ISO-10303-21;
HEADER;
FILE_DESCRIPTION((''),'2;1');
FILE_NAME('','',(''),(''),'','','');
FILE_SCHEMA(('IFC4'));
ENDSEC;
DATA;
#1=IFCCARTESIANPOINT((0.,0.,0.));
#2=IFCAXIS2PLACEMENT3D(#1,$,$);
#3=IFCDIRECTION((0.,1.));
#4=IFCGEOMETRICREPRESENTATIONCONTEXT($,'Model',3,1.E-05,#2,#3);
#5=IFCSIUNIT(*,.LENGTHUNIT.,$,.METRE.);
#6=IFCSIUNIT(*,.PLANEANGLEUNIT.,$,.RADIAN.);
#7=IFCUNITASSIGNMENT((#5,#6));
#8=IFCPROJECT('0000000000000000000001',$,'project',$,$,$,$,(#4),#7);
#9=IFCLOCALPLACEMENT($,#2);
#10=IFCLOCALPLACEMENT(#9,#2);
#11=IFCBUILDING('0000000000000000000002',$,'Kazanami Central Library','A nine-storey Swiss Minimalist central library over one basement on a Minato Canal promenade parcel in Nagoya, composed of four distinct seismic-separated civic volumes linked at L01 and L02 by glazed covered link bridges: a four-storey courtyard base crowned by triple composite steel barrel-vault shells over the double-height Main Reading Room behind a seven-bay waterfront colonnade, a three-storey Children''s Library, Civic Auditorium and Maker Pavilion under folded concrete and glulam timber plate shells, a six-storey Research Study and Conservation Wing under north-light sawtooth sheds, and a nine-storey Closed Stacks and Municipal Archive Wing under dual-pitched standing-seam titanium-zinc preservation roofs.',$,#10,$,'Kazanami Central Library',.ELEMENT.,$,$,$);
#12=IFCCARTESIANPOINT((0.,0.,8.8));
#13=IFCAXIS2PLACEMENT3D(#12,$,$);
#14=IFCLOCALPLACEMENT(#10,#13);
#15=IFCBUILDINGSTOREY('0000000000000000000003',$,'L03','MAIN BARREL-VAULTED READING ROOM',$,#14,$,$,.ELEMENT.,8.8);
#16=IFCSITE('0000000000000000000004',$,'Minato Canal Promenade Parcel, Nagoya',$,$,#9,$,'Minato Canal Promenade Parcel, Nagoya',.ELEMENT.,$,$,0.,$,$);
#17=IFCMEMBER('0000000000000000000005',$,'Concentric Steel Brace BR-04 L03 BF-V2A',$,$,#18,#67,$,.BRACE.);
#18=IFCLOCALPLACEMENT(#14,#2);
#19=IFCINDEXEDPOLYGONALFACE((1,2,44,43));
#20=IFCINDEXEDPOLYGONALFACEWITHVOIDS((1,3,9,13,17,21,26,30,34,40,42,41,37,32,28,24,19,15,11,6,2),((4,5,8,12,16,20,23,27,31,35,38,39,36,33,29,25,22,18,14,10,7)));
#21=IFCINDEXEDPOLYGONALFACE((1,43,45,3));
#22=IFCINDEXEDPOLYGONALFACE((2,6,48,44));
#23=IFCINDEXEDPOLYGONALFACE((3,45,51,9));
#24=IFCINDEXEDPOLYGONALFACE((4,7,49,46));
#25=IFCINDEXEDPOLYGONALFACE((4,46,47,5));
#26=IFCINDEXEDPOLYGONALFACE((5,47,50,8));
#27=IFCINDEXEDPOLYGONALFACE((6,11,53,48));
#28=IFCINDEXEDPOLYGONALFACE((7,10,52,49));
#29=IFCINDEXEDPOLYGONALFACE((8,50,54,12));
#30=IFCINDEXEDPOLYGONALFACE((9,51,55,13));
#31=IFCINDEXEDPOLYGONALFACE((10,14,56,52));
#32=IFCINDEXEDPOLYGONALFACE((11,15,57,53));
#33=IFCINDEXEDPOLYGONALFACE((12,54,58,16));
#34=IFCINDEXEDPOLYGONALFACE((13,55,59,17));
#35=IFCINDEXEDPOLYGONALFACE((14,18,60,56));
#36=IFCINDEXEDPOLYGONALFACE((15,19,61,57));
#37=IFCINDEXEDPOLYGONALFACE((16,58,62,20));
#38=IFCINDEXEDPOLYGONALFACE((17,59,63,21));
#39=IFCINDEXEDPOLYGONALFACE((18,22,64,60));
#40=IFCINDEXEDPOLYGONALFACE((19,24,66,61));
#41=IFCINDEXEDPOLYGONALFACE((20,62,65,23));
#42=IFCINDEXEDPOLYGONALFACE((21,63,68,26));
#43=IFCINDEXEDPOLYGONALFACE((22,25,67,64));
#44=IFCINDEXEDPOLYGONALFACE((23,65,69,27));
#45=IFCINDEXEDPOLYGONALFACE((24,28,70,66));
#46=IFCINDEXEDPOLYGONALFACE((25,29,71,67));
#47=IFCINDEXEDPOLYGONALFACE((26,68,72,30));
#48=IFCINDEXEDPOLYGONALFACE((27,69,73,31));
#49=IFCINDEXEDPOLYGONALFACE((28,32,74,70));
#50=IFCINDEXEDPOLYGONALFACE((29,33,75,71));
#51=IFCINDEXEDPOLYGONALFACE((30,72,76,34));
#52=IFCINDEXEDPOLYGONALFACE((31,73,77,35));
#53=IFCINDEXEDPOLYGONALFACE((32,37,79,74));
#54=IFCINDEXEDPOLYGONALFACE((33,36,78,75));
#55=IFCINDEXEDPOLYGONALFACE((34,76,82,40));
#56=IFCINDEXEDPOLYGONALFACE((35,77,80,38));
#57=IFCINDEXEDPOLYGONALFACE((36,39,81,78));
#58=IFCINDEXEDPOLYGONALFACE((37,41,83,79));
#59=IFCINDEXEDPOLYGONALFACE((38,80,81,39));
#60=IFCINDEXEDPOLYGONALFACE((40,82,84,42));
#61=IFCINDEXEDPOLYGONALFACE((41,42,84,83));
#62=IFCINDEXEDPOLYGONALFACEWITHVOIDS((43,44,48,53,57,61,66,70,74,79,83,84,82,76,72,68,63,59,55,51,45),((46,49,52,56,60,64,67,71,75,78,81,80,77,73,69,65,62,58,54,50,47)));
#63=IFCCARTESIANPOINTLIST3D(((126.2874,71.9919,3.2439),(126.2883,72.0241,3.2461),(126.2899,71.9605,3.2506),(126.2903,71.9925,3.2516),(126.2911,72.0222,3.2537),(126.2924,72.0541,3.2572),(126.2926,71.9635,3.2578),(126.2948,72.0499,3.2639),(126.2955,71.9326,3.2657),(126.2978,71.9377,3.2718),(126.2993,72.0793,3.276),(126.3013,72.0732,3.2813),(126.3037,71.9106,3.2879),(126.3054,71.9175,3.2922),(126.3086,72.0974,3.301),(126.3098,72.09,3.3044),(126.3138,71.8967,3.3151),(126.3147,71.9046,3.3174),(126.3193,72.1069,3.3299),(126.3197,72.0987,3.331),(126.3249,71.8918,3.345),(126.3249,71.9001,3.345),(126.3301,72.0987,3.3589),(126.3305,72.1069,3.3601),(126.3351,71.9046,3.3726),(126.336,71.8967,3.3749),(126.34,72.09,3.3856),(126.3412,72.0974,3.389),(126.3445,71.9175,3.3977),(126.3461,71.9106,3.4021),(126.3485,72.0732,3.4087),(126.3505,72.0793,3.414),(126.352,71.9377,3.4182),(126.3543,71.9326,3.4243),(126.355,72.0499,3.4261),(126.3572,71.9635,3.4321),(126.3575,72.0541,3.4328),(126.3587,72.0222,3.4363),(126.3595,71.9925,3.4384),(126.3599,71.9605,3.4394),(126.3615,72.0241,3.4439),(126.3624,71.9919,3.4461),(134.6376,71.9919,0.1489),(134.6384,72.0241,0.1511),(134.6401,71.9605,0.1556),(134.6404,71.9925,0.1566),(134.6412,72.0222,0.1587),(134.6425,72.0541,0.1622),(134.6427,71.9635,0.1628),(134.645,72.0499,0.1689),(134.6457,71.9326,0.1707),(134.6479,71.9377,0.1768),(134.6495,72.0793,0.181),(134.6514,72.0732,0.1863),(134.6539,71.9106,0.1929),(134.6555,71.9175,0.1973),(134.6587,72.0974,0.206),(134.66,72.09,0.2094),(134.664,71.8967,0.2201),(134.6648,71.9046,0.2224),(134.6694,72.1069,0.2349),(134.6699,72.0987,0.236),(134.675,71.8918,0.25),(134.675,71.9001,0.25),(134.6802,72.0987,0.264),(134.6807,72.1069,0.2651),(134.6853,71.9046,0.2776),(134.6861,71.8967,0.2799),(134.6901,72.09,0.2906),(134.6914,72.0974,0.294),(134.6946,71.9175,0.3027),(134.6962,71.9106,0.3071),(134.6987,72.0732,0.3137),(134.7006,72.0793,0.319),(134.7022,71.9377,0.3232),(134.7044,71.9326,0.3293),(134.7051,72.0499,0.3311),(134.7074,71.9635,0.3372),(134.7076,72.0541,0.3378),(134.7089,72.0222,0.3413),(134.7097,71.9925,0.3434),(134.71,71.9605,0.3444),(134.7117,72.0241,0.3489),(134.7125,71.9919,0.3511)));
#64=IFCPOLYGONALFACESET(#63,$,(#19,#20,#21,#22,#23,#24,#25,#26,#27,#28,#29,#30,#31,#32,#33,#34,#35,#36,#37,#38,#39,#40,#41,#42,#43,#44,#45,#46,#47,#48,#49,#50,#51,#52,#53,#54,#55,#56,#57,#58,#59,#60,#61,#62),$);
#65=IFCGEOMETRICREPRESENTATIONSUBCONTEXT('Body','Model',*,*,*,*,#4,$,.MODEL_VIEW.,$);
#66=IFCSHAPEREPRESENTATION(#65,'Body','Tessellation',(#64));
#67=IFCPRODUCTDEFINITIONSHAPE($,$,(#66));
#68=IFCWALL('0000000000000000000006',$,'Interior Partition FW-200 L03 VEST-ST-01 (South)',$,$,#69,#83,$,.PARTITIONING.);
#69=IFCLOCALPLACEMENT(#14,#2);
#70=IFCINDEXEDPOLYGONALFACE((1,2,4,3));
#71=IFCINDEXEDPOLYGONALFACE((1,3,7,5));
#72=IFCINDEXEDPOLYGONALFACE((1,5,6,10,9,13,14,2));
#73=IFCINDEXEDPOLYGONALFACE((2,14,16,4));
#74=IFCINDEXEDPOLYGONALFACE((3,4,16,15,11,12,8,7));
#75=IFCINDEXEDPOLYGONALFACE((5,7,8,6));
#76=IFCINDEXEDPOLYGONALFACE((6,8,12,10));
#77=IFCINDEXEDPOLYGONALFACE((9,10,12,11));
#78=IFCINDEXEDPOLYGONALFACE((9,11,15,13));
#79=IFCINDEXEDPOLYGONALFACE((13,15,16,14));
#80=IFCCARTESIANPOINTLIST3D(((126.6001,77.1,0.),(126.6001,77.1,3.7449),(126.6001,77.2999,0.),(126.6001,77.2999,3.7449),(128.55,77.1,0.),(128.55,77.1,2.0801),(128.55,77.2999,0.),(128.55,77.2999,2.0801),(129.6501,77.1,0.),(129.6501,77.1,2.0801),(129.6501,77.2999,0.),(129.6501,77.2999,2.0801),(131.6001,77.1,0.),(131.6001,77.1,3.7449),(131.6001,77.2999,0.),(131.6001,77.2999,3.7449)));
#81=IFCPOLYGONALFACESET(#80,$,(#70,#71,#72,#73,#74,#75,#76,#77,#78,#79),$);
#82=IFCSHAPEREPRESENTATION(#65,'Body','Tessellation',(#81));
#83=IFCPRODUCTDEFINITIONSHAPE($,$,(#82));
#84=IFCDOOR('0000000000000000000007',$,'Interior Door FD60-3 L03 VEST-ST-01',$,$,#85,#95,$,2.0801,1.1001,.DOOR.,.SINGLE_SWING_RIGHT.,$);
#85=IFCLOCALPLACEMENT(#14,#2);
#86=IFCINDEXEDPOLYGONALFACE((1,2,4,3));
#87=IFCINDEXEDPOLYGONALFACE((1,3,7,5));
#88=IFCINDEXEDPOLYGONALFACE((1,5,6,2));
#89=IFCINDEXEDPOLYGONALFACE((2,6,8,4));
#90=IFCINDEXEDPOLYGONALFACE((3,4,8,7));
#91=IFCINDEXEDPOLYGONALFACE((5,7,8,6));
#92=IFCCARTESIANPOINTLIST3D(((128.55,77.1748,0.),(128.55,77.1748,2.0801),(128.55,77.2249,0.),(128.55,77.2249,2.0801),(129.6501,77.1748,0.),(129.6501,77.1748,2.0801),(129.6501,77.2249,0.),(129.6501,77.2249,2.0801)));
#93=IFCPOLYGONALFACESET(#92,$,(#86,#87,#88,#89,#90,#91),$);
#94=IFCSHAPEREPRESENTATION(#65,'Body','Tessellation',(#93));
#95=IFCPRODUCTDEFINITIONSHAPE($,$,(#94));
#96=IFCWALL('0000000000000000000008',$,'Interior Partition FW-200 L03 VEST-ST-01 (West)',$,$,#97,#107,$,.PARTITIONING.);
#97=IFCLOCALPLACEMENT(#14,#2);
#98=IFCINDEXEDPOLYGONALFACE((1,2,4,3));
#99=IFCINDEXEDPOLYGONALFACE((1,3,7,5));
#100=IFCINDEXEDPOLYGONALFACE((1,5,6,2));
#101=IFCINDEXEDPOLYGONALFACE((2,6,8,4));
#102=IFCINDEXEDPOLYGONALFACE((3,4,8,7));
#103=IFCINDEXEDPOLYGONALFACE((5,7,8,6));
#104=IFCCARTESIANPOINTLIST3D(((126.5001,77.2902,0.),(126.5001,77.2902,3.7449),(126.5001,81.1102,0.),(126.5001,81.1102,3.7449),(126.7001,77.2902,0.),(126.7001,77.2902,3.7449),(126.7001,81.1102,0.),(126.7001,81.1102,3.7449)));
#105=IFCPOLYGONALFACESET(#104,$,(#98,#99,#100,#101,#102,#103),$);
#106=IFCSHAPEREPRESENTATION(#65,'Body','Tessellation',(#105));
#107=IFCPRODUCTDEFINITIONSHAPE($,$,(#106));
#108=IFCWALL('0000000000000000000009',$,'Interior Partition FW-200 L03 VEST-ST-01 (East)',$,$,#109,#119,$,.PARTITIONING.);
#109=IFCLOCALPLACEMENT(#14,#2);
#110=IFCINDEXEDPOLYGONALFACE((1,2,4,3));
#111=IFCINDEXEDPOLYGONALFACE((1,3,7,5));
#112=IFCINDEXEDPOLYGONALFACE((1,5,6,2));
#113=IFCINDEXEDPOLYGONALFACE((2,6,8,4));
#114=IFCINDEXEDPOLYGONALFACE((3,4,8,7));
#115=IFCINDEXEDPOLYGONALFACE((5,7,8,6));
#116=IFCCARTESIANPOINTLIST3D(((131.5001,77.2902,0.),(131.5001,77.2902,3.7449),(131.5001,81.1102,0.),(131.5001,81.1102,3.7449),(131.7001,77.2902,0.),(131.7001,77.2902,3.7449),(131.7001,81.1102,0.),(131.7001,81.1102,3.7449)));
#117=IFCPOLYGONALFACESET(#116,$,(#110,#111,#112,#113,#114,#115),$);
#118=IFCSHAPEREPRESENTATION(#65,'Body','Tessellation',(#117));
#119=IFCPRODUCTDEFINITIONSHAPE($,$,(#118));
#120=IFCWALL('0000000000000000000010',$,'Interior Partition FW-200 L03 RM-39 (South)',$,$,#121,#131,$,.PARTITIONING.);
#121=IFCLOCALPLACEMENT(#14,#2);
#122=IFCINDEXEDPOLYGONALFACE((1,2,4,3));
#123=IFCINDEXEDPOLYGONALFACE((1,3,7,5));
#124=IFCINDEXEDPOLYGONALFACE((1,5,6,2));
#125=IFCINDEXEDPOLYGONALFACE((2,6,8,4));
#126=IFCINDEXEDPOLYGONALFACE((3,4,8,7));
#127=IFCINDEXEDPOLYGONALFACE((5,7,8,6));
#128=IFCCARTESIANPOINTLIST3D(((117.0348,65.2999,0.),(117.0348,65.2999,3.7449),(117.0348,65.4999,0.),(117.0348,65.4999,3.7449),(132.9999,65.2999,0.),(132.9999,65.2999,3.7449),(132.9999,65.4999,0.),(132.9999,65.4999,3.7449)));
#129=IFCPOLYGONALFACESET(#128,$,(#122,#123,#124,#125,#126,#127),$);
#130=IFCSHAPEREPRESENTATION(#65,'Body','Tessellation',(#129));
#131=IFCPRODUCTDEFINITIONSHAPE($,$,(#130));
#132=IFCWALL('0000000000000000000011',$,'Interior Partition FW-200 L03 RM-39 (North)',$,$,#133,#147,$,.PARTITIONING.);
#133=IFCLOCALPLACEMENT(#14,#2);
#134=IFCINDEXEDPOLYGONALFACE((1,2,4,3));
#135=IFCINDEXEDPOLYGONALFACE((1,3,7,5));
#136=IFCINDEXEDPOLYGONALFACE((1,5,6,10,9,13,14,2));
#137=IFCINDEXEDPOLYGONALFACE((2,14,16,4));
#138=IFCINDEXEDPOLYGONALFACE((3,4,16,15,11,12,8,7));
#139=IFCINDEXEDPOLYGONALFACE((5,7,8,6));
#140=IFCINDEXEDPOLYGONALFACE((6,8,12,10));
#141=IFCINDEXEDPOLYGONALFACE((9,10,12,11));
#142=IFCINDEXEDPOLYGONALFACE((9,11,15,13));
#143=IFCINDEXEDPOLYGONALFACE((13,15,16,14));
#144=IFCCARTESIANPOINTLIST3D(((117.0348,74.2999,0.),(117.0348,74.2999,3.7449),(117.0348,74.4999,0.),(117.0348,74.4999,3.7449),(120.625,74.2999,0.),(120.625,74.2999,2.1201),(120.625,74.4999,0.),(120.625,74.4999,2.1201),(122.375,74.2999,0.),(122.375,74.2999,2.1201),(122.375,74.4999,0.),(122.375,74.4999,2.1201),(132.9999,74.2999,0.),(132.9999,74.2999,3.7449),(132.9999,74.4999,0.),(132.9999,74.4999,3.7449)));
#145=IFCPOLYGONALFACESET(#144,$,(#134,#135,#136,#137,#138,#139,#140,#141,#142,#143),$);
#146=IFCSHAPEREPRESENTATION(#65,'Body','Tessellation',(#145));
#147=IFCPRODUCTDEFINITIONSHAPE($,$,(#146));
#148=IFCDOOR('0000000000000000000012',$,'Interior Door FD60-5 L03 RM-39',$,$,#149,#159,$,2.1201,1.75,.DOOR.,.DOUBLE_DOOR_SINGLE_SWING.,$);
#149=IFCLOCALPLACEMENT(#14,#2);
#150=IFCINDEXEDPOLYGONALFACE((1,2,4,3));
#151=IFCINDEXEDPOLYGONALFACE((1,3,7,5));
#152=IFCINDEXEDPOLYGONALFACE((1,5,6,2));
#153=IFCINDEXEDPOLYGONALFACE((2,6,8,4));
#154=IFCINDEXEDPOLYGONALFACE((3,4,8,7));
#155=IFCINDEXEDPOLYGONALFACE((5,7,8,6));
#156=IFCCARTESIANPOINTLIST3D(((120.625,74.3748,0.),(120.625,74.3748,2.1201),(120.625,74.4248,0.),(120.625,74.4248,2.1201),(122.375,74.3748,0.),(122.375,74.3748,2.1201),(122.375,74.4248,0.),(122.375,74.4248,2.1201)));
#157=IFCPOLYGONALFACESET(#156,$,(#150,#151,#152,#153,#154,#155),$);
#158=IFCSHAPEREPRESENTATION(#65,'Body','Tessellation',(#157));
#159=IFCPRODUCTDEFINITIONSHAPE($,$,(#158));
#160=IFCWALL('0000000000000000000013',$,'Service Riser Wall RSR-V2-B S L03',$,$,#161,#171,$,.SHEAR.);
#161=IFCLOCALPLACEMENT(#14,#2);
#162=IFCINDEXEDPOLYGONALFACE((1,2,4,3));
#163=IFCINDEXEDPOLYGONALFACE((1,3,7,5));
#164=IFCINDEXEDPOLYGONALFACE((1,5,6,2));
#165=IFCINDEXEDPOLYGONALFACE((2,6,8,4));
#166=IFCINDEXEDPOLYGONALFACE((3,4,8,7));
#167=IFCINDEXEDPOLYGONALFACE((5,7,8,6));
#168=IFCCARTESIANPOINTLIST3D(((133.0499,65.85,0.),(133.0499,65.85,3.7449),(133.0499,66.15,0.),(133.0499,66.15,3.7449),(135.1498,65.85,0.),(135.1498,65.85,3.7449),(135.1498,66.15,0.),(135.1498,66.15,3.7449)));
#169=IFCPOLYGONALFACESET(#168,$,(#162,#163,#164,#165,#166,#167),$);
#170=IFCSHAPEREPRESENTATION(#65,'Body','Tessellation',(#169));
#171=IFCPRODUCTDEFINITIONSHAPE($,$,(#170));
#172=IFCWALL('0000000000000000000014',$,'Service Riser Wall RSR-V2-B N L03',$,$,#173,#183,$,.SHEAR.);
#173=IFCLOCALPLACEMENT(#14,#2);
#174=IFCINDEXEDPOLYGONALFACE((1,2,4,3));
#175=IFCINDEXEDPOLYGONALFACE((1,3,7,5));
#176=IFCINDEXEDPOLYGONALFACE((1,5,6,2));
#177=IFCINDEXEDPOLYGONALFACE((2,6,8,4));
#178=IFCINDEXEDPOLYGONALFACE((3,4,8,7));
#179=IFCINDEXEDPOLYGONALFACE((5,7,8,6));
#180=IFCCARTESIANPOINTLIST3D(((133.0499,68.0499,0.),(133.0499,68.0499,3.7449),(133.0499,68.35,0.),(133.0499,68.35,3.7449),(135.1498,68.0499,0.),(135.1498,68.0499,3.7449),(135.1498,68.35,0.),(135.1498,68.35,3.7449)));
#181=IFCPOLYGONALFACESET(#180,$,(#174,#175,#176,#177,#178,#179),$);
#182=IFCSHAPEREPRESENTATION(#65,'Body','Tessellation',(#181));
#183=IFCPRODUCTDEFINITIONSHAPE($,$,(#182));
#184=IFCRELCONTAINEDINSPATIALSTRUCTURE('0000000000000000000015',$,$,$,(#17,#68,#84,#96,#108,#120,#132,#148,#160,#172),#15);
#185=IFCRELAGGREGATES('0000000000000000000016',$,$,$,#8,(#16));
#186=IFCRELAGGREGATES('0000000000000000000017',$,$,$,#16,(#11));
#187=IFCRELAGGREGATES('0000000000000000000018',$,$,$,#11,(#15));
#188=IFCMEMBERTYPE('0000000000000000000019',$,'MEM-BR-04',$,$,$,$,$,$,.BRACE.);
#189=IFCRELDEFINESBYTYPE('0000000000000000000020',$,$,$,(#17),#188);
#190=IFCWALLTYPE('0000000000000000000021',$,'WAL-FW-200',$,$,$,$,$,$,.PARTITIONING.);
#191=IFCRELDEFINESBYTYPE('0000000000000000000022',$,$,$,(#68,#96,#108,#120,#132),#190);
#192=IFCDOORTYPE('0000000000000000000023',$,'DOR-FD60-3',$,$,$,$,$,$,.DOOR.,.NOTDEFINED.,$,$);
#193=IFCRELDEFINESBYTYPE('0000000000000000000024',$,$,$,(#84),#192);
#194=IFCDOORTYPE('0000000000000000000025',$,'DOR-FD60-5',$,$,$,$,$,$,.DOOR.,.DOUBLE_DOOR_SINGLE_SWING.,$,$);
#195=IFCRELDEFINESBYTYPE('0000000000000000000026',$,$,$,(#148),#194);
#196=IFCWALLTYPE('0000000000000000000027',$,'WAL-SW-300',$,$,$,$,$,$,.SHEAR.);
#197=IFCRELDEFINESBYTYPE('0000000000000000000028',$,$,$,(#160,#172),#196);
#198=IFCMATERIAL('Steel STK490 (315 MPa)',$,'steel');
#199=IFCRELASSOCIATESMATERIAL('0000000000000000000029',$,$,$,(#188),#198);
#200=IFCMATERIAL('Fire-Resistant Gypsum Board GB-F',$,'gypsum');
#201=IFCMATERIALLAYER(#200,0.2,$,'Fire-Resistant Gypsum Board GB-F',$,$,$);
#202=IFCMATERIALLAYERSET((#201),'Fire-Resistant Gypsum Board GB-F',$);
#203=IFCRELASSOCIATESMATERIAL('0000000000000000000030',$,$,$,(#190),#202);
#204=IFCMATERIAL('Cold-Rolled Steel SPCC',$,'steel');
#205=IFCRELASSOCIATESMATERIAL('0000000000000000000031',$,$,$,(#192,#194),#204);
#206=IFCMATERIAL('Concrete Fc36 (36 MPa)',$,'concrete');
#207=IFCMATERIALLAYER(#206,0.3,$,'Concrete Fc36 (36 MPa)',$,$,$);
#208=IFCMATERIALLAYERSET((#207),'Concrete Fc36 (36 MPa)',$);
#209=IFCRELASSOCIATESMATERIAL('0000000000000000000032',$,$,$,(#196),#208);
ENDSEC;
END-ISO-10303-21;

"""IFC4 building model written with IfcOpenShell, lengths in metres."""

from ifc_helpers import new_model, si_unit, direction, frame, frame_2d, origin, origin_2d, place, context, subcontext, project, spatial, rectangle, hollow_circle, extrude, material, layer, layer_set, material_profile, profile_set, type_object, element, fill, save


model = new_model("IFC4")

# Units and contexts
model_context = context("Model", 3, precision=1e-05, world=origin(), true_north=direction((0.0, 1.0)))
body_context = subcontext(model_context, "Body", "Model", "MODEL_VIEW")
ifc_project = project(units=[si_unit("LENGTHUNIT", "METRE"), si_unit("PLANEANGLEUNIT", "RADIAN")], contexts=[model_context])

# Site, building, storey
site_placement = place(None, origin())
site = spatial("IfcSite", under=ifc_project, at=site_placement, Name="Minato Canal Promenade Parcel, Nagoya", LongName="Minato Canal Promenade Parcel, Nagoya", CompositionType="ELEMENT", RefElevation=0.0)
building_placement = place(site_placement, origin())
building = spatial("IfcBuilding", under=site, at=building_placement, Name="Kazanami Central Library", Description="A nine-storey Swiss Minimalist central library over one basement on a Minato Canal promenade parcel in Nagoya, composed of four distinct seismic-separated civic volumes linked at L01 and L02 by glazed covered link bridges: a four-storey courtyard base crowned by triple composite steel barrel-vault shells over the double-height Main Reading Room behind a seven-bay waterfront colonnade, a three-storey Children's Library, Civic Auditorium and Maker Pavilion under folded concrete and glulam timber plate shells, a six-storey Research Study and Conservation Wing under north-light sawtooth sheds, and a nine-storey Closed Stacks and Municipal Archive Wing under dual-pitched standing-seam titanium-zinc preservation roofs.", LongName="Kazanami Central Library", CompositionType="ELEMENT")
storey_placement = place(building_placement, frame((0.0, 0.0, 8.8)))
storey = spatial("IfcBuildingStorey", under=building, at=storey_placement, Name="L03", Description="MAIN BARREL-VAULTED READING ROOM", CompositionType="ELEMENT", Elevation=8.8)

# Member
ifc_material_1 = material(Name="Steel STK490 (315 MPa)", Category="steel")
ifc_material_profile_1 = material_profile(ifc_material_1, hollow_circle(Radius=0.1082, WallThickness=0.0083, at=origin_2d()), Name="CHS-216.3x8.2")
ifc_profile_set_1 = profile_set([ifc_material_profile_1], Name="Steel STK490 (315 MPa)")
member_type = type_object("IfcMemberType", Name="MEM-BR-04", PredefinedType="BRACE", material=ifc_profile_set_1)
member_placement = place(storey_placement, frame((134.675, 72.0, 0.25), z_axis=(-0.937663, 0.0, 0.347546), x_axis=(0.0, -1.0, 0.0)))
element("IfcMember", 1, at=member_placement, inside=storey, type_object=member_type, Name="Concentric Steel Brace BR-04 L03 BF-V2A", PredefinedType="BRACE", context=body_context, shape_type="SweptSolid", body=[
    extrude(hollow_circle(Radius=0.1082, WallThickness=0.0083, at=origin_2d()), origin(), (0.0, 0.0, 1.0), 8.9053),
])

# Wall, opening, door
ifc_material_2 = material(Name="Fire-Resistant Gypsum Board GB-F", Category="gypsum")
ifc_layer_1 = layer(ifc_material_2, 0.2, Name="Fire-Resistant Gypsum Board GB-F")
ifc_layer_set_1 = layer_set([ifc_layer_1], Name="Fire-Resistant Gypsum Board GB-F")
wall_type_1 = type_object("IfcWallType", Name="WAL-FW-200", PredefinedType="PARTITIONING", material=ifc_layer_set_1)
wall_1_placement = place(storey_placement, frame((126.6001, 77.2, 0.0), z_axis=(0.0, 0.0, 1.0), x_axis=(1.0, 0.0, 0.0)))
wall_1 = element("IfcWall", 2, at=wall_1_placement, inside=storey, type_object=wall_type_1, Name="Interior Partition FW-200 L03 VEST-ST-01 (South)", PredefinedType="PARTITIONING", context=body_context, shape_type="SweptSolid", body=[
    extrude(rectangle(XDim=5.0, YDim=0.2, at=frame_2d((2.5, 0.0))), origin(), (0.0, 0.0, 1.0), 3.7449),
])
opening_1_placement = place(wall_1_placement, frame((1.95, 0.0, 0.0)))
opening_1 = element("IfcOpeningElement", 3, at=opening_1_placement, cuts=wall_1, PredefinedType="OPENING", context=body_context, shape_type="SweptSolid", body=[
    extrude(rectangle(XDim=1.1001, YDim=2.0801, at=frame_2d((0.55, 1.04))), frame((0.0, 0.1118, 0.0), z_axis=(0.0, -1.0, 0.0), x_axis=(1.0, 0.0, 0.0)), (0.0, 0.0, 1.0), 0.2239),
])
ifc_material_3 = material(Name="Cold-Rolled Steel SPCC", Category="steel")
door_type_1 = type_object("IfcDoorType", Name="DOR-FD60-3", OperationType="NOTDEFINED", PredefinedType="DOOR", material=ifc_material_3)
door_1_placement = place(opening_1_placement, origin())
door_1 = element("IfcDoor", 4, at=door_1_placement, inside=storey, type_object=door_type_1, Name="Interior Door FD60-3 L03 VEST-ST-01", OperationType="SINGLE_SWING_RIGHT", OverallHeight=2.0801, OverallWidth=1.1001, PredefinedType="DOOR", context=body_context, shape_type="SweptSolid", body=[
    extrude(rectangle(XDim=1.1001, YDim=2.0801, at=frame_2d((0.55, 1.04))), frame((0.0, 0.0249, 0.0), z_axis=(0.0, -1.0, 0.0), x_axis=(1.0, 0.0, 0.0)), (0.0, 0.0, 1.0), 0.05),
])
fill(opening_1, door_1)

# Walls
for number, where, z_axis, x_axis, name in (
    (5, (126.6001, 77.29, 0.0), (0.0, 0.0, 1.0), (0.0, 1.0, 0.0), "Interior Partition FW-200 L03 VEST-ST-01 (West)"),
    (6, (131.6001, 77.29, 0.0), (0.0, 0.0, 1.0), (0.0, 1.0, 0.0), "Interior Partition FW-200 L03 VEST-ST-01 (East)"),
):
    element("IfcWall", number, at=place(storey_placement, frame(where, z_axis=z_axis, x_axis=x_axis)), inside=storey, type_object=wall_type_1, Name=name, PredefinedType="PARTITIONING", context=body_context, shape_type="SweptSolid", body=[
        extrude(rectangle(XDim=3.8201, YDim=0.2, at=frame_2d((1.9102, 0.0))), origin(), (0.0, 0.0, 1.0), 3.7449),
    ])
wall_2_placement = place(storey_placement, frame((117.0349, 65.3999, 0.0), z_axis=(0.0, 0.0, 1.0), x_axis=(1.0, 0.0, 0.0)))
element("IfcWall", 7, at=wall_2_placement, inside=storey, type_object=wall_type_1, Name="Interior Partition FW-200 L03 RM-39 (South)", PredefinedType="PARTITIONING", context=body_context, shape_type="SweptSolid", body=[
    extrude(rectangle(XDim=15.9651, YDim=0.2, at=frame_2d((7.9824, 0.0))), origin(), (0.0, 0.0, 1.0), 3.7449),
])

# Wall, opening, door
wall_3_placement = place(storey_placement, frame((117.0349, 74.3999, 0.0), z_axis=(0.0, 0.0, 1.0), x_axis=(1.0, 0.0, 0.0)))
wall_3 = element("IfcWall", 8, at=wall_3_placement, inside=storey, type_object=wall_type_1, Name="Interior Partition FW-200 L03 RM-39 (North)", PredefinedType="PARTITIONING", context=body_context, shape_type="SweptSolid", body=[
    extrude(rectangle(XDim=15.9651, YDim=0.2, at=frame_2d((7.9824, 0.0))), origin(), (0.0, 0.0, 1.0), 3.7449),
])
opening_2_placement = place(wall_3_placement, frame((3.5901, 0.0, 0.0)))
opening_2 = element("IfcOpeningElement", 9, at=opening_2_placement, cuts=wall_3, PredefinedType="OPENING", context=body_context, shape_type="SweptSolid", body=[
    extrude(rectangle(XDim=1.75, YDim=2.1201, at=frame_2d((0.875, 1.0601))), frame((0.0, 0.1118, 0.0), z_axis=(0.0, -1.0, 0.0), x_axis=(1.0, 0.0, 0.0)), (0.0, 0.0, 1.0), 0.2239),
])
door_type_2 = type_object("IfcDoorType", Name="DOR-FD60-5", OperationType="DOUBLE_DOOR_SINGLE_SWING", PredefinedType="DOOR", material=ifc_material_3)
door_2_placement = place(opening_2_placement, origin())
door_2 = element("IfcDoor", 10, at=door_2_placement, inside=storey, type_object=door_type_2, Name="Interior Door FD60-5 L03 RM-39", OperationType="DOUBLE_DOOR_SINGLE_SWING", OverallHeight=2.1201, OverallWidth=1.75, PredefinedType="DOOR", context=body_context, shape_type="SweptSolid", body=[
    extrude(rectangle(XDim=1.75, YDim=2.1201, at=frame_2d((0.875, 1.0601))), frame((0.0, 0.0249, 0.0), z_axis=(0.0, -1.0, 0.0), x_axis=(1.0, 0.0, 0.0)), (0.0, 0.0, 1.0), 0.05),
])
fill(opening_2, door_2)

# Walls
ifc_material_4 = material(Name="Concrete Fc36 (36 MPa)", Category="concrete")
ifc_layer_2 = layer(ifc_material_4, 0.3, Name="Concrete Fc36 (36 MPa)")
ifc_layer_set_2 = layer_set([ifc_layer_2], Name="Concrete Fc36 (36 MPa)")
wall_type_2 = type_object("IfcWallType", Name="WAL-SW-300", PredefinedType="SHEAR", material=ifc_layer_set_2)
for number, where, z_axis, x_axis, name in (
    (11, (133.05, 66.0, 0.0), (0.0, 0.0, 1.0), (1.0, 0.0, 0.0), "Service Riser Wall RSR-V2-B S L03"),
    (12, (133.05, 68.2, 0.0), (0.0, 0.0, 1.0), (1.0, 0.0, 0.0), "Service Riser Wall RSR-V2-B N L03"),
):
    element("IfcWall", number, at=place(storey_placement, frame(where, z_axis=z_axis, x_axis=x_axis)), inside=storey, type_object=wall_type_2, Name=name, PredefinedType="SHEAR", context=body_context, shape_type="SweptSolid", body=[
        extrude(rectangle(XDim=2.0999, YDim=0.3, at=frame_2d((1.0498, 0.0))), origin(), (0.0, 0.0, 1.0), 3.7449),
    ])

save(model, "model.ifc")
